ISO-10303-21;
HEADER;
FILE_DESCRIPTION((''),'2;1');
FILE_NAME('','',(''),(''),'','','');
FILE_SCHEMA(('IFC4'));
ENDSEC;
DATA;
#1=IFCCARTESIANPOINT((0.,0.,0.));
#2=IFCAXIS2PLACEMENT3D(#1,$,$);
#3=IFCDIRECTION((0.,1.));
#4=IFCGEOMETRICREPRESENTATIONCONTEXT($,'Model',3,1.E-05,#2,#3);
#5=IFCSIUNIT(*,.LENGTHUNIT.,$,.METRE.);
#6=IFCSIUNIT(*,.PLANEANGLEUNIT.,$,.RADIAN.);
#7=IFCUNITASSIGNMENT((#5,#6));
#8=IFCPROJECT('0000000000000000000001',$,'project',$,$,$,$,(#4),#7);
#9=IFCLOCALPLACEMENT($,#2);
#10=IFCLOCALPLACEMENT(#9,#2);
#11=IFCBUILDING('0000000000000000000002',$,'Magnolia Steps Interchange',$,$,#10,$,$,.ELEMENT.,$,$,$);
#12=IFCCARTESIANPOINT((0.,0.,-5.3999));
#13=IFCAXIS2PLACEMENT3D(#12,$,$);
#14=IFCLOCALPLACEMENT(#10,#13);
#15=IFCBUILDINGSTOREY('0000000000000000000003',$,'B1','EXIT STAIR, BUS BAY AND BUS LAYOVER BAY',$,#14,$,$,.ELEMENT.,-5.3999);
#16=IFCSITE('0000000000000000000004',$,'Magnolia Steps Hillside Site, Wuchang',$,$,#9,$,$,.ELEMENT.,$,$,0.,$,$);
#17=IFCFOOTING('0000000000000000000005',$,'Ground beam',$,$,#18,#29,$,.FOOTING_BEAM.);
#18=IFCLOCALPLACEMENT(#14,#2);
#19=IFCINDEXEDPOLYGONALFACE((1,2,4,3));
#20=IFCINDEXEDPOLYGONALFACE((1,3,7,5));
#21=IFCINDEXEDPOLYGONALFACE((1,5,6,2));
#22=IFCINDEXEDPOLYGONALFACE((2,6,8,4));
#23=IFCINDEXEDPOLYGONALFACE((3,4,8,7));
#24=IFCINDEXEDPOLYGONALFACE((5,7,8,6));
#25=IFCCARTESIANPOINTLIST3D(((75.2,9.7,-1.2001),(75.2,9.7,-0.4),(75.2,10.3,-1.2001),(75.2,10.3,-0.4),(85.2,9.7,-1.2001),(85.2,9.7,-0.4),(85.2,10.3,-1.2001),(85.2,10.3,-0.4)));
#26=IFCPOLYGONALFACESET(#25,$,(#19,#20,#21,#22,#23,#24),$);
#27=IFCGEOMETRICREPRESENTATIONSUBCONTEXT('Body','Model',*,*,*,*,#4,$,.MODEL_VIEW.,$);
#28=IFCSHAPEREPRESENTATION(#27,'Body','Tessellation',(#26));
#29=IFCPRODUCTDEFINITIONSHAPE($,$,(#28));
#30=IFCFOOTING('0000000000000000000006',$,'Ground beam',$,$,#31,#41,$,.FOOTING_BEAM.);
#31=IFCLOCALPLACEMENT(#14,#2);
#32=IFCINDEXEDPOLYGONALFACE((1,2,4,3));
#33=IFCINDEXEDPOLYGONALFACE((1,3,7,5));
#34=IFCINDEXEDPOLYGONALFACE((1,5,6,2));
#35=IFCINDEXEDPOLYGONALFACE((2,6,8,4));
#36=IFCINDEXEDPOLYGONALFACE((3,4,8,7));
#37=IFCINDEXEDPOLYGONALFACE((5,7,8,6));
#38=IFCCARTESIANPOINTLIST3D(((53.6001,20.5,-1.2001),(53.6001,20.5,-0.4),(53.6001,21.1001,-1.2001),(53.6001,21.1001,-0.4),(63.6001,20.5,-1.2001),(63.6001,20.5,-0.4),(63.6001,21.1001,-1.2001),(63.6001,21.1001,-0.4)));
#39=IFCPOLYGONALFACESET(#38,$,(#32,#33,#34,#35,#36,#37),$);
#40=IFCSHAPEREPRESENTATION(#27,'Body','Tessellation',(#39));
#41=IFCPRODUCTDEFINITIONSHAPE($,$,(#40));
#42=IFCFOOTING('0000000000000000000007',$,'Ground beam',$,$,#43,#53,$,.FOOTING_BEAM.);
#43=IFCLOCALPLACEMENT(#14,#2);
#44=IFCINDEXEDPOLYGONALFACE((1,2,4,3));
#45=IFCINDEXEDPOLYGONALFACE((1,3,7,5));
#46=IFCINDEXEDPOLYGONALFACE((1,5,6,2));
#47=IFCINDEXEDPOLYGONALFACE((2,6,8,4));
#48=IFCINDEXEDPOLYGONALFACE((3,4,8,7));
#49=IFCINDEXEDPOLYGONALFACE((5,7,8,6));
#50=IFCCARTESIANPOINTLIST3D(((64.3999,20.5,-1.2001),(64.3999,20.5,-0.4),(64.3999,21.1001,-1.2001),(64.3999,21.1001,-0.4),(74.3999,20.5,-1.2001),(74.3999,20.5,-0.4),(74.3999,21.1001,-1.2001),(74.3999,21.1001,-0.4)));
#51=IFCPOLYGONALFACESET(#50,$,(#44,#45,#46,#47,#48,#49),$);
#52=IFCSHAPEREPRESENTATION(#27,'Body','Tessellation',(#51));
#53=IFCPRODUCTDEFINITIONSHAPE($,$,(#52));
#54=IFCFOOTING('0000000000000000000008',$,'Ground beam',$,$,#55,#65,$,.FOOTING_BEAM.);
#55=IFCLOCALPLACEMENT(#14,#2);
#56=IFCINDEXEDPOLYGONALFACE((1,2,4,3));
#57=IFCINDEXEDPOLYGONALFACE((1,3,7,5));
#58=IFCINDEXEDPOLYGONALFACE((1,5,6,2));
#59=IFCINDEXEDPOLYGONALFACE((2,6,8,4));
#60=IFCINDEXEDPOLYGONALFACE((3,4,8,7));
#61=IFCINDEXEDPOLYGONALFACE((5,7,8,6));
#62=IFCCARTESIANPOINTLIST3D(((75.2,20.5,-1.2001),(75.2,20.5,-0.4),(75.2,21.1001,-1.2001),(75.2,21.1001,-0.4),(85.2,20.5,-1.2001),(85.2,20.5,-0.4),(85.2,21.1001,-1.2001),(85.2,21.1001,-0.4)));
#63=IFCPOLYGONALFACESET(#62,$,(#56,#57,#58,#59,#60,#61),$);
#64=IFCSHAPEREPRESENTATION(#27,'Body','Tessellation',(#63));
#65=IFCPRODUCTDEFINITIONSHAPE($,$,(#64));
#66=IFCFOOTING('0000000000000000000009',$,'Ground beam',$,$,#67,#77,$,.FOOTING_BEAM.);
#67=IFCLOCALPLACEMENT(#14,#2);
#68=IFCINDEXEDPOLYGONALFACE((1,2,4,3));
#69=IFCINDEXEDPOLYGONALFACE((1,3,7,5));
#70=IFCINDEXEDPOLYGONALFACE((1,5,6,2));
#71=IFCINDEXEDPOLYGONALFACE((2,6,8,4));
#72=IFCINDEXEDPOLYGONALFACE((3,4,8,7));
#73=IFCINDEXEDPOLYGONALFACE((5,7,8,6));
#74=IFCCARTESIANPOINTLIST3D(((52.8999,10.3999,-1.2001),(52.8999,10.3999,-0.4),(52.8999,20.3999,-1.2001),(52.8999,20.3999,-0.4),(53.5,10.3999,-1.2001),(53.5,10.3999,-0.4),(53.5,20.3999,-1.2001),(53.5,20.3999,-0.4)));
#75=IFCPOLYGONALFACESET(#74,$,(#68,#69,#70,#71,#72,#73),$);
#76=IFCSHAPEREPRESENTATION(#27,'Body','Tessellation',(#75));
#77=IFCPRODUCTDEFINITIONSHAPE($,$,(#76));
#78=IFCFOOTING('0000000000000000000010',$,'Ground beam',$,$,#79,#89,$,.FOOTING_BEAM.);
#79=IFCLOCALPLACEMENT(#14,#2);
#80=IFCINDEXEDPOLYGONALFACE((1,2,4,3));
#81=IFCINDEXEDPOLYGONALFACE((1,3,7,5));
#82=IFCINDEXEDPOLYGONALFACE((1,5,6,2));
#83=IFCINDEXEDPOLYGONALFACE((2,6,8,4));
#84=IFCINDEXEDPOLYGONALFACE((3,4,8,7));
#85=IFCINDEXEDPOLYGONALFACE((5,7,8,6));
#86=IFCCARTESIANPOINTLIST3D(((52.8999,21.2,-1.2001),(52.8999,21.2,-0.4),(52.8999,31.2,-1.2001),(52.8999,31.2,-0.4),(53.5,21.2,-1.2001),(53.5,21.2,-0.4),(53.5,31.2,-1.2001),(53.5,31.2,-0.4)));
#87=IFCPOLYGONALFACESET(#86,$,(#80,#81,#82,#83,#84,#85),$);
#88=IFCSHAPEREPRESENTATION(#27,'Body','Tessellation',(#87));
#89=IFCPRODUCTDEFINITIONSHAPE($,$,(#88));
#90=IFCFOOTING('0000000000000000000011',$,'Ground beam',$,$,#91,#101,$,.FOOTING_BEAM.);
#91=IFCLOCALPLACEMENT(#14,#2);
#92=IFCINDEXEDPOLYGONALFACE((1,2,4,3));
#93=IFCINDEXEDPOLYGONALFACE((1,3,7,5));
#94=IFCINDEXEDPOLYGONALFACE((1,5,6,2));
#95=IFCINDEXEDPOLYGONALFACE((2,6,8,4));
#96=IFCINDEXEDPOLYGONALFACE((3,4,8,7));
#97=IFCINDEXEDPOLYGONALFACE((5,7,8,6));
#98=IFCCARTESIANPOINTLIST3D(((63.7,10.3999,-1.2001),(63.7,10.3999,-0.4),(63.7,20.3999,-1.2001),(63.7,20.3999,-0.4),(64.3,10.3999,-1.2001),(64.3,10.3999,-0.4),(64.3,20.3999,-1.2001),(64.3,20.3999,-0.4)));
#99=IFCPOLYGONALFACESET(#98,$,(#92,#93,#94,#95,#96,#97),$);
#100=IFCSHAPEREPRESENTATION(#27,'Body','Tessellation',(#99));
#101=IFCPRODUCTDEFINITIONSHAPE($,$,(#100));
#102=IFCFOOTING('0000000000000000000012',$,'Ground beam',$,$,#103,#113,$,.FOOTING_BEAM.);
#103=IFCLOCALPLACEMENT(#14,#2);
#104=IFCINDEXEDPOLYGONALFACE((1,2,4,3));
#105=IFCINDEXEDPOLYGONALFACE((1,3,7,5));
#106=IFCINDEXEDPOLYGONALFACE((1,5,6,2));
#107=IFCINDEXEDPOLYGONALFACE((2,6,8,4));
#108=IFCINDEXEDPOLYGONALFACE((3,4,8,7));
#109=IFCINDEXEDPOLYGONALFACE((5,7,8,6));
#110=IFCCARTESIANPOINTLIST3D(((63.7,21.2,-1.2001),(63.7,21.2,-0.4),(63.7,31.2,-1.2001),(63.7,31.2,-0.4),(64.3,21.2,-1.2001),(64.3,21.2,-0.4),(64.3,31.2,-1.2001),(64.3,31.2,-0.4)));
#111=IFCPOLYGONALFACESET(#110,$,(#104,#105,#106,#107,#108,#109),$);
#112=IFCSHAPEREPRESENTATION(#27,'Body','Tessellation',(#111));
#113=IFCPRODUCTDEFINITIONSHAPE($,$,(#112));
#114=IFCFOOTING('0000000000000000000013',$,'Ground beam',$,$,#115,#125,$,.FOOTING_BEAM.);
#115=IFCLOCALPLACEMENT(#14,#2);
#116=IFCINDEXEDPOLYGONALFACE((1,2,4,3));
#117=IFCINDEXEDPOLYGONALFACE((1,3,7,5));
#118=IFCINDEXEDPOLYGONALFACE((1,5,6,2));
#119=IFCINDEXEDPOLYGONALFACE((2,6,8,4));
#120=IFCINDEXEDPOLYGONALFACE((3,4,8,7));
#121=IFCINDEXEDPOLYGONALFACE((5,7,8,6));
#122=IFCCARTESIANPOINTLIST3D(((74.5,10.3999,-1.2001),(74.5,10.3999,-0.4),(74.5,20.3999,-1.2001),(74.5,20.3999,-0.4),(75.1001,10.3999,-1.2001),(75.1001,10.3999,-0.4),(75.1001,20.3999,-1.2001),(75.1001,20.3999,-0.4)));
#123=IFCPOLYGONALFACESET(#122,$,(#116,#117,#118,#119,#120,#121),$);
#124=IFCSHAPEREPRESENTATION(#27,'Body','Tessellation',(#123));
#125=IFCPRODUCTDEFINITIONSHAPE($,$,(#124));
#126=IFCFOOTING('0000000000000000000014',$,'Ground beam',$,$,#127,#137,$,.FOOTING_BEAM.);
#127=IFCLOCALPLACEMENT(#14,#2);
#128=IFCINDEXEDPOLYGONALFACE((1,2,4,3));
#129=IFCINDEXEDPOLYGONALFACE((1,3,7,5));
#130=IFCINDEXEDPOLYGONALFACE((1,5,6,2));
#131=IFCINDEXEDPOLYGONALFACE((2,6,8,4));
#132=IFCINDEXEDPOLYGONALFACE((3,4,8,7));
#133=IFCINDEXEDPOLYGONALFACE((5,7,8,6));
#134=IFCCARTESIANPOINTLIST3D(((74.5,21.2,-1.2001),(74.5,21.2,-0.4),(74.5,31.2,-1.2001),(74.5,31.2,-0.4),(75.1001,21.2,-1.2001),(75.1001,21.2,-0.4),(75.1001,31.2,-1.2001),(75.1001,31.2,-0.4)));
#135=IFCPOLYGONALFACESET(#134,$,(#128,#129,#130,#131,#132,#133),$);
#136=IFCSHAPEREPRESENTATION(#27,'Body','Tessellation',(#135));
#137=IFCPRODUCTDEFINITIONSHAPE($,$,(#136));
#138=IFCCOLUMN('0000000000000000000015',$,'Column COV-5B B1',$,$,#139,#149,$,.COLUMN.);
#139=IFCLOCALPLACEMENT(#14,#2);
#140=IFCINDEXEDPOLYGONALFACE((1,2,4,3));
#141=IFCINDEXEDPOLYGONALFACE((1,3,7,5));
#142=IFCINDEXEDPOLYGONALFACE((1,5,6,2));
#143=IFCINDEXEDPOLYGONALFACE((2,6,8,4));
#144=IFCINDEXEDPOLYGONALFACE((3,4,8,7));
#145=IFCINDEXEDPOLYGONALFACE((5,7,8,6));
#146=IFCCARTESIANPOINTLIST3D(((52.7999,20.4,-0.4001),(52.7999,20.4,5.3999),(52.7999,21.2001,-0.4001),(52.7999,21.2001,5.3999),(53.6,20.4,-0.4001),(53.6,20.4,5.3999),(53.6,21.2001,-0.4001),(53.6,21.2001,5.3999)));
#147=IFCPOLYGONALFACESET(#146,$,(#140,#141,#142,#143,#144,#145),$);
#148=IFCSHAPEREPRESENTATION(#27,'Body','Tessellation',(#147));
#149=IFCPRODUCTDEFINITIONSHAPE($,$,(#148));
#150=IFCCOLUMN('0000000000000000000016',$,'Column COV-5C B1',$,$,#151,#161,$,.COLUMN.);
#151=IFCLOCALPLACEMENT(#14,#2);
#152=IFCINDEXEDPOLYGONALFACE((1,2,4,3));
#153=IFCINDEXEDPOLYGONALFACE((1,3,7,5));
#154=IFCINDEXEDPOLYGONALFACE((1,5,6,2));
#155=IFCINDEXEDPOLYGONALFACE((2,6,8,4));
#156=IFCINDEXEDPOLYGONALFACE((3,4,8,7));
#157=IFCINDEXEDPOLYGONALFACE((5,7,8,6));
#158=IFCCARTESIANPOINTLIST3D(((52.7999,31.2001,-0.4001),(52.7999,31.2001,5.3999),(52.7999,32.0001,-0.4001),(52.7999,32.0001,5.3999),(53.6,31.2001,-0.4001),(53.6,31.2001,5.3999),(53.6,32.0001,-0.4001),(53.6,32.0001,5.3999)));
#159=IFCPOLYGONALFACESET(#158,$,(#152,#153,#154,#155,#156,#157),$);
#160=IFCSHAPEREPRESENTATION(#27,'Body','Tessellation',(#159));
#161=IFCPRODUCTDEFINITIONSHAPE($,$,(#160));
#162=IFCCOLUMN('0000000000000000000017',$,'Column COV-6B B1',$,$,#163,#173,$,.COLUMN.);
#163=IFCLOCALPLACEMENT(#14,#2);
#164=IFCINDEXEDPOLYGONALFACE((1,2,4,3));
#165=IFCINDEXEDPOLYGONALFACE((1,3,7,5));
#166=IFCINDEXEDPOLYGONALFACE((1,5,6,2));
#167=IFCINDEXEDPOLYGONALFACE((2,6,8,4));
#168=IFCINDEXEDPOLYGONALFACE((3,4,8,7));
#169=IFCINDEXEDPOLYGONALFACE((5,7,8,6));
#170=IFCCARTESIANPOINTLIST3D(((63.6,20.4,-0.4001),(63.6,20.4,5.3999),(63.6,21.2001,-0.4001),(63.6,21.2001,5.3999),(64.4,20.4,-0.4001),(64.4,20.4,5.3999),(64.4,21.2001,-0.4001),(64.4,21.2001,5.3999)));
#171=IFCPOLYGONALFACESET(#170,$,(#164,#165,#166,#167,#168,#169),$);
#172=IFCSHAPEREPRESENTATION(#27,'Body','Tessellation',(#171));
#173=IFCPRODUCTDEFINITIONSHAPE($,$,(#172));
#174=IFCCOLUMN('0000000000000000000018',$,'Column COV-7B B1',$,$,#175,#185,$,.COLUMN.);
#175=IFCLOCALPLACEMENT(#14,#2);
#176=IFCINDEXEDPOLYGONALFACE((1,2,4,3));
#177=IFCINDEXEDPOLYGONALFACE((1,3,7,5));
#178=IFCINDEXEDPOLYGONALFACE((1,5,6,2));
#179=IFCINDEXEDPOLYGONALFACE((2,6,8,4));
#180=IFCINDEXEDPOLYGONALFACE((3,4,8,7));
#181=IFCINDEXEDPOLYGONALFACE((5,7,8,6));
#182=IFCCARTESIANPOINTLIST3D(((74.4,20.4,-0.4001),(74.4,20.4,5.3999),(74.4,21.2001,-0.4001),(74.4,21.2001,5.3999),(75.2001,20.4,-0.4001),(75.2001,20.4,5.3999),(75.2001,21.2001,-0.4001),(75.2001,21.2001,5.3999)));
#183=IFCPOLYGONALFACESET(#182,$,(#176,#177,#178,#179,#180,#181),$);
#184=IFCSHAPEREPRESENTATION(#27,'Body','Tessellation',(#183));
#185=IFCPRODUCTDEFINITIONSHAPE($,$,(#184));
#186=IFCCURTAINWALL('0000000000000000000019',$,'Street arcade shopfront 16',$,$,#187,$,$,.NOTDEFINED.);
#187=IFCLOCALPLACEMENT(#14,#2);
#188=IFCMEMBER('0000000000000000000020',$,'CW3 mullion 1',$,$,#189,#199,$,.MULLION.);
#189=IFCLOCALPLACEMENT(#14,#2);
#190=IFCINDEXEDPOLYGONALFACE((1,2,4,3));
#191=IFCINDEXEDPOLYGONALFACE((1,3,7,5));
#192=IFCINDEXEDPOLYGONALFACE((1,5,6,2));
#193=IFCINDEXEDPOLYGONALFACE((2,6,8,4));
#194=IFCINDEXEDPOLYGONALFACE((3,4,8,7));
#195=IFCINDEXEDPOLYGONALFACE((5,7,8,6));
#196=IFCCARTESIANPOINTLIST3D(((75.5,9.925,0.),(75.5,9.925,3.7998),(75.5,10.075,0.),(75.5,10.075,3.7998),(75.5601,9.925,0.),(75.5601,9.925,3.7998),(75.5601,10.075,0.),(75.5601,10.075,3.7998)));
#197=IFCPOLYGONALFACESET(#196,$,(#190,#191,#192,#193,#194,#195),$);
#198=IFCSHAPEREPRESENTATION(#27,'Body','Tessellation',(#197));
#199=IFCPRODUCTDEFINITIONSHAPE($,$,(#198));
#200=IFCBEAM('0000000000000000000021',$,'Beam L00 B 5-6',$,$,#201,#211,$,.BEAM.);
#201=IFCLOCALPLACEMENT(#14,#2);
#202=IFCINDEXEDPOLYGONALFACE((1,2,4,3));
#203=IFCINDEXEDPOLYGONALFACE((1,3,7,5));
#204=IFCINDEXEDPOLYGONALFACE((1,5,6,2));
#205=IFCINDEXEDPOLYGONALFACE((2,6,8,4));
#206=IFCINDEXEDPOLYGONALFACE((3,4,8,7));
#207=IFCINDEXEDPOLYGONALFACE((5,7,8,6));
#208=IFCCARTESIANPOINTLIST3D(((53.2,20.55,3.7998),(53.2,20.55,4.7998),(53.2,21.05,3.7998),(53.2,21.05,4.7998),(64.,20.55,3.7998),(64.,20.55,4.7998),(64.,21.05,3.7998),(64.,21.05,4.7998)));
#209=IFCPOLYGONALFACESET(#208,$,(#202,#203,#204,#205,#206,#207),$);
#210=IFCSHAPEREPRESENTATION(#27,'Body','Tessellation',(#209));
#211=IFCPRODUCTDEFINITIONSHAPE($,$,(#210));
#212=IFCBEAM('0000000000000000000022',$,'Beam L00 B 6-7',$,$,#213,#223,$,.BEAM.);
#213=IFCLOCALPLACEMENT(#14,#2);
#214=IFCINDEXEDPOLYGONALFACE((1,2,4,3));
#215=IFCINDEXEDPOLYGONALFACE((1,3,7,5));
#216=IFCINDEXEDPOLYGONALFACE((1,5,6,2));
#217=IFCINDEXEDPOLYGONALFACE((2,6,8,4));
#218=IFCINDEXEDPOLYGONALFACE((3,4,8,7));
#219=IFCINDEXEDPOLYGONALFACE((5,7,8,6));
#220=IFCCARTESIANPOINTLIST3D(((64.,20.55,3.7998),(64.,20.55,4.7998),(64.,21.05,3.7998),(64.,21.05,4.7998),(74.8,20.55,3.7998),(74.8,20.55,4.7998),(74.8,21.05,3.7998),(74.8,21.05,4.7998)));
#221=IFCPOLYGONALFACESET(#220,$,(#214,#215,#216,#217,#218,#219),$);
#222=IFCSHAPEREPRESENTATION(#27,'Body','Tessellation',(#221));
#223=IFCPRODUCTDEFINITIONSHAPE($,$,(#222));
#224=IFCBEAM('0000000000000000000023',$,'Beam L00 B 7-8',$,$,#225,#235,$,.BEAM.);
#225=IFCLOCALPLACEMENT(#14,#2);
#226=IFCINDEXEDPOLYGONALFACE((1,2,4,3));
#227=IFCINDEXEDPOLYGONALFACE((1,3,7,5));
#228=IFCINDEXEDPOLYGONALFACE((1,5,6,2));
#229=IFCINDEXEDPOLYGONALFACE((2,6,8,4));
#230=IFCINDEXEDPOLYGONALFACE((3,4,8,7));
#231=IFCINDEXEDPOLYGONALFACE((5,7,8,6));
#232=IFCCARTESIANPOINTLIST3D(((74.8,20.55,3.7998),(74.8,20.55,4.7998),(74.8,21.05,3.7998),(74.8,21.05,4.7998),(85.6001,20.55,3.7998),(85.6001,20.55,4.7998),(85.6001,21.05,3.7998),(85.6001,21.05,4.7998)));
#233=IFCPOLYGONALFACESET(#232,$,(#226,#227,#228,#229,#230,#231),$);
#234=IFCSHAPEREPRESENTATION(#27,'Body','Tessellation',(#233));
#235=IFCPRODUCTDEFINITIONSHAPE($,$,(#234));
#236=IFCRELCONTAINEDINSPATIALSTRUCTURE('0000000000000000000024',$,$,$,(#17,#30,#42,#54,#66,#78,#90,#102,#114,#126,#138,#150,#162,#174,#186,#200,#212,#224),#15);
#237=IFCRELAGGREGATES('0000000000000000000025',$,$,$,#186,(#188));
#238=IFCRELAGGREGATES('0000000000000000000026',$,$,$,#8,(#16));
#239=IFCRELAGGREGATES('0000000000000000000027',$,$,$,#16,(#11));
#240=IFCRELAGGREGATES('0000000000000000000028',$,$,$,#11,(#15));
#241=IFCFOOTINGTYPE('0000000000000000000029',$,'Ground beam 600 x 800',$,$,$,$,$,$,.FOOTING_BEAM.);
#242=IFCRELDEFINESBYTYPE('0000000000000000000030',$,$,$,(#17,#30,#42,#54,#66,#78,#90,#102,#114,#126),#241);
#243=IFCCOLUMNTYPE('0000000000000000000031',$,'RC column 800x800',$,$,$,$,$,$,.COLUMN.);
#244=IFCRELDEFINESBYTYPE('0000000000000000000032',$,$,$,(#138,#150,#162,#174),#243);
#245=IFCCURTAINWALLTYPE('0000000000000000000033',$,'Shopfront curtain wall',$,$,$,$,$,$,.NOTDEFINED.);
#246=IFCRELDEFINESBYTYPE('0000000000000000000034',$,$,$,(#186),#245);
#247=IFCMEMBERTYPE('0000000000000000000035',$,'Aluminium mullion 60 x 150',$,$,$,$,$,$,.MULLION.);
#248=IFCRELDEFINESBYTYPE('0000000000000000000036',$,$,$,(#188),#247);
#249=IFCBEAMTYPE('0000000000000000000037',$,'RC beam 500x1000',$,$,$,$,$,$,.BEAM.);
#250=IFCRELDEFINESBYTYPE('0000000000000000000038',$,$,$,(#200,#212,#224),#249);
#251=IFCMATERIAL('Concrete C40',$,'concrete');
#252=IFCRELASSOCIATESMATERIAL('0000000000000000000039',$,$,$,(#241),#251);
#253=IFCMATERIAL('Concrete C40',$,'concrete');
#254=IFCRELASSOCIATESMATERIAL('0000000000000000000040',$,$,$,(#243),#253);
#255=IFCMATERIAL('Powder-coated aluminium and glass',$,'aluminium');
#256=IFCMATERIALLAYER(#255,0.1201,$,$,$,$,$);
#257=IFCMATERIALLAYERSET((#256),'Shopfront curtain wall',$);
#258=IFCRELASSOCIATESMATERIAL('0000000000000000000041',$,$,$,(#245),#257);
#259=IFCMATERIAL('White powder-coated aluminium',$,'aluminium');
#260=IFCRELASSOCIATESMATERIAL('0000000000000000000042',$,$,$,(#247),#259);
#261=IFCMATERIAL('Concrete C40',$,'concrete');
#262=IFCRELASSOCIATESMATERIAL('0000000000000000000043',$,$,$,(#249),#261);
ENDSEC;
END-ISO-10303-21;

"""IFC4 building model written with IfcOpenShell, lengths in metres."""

from ifc_helpers import new_model, si_unit, direction, frame, origin, origin_2d, place, context, subcontext, project, spatial, rectangle, extrude, material, layer, layer_set, material_profile, profile_set, type_object, element, aggregate, save


model = new_model("IFC4")

# Units and contexts
model_context = context("Model", 3, precision=1e-05, world=origin(), true_north=direction((0.0, 1.0)))
body_context = subcontext(model_context, "Body", "Model", "MODEL_VIEW")
ifc_project = project(units=[si_unit("LENGTHUNIT", "METRE"), si_unit("PLANEANGLEUNIT", "RADIAN")], contexts=[model_context])

# Site, building, storey
site_placement = place(None, origin())
site = spatial("IfcSite", under=ifc_project, at=site_placement, Name="Magnolia Steps Hillside Site, Wuchang", CompositionType="ELEMENT", RefElevation=0.0)
building_placement = place(site_placement, origin())
building = spatial("IfcBuilding", under=site, at=building_placement, Name="Magnolia Steps Interchange", CompositionType="ELEMENT")
storey_placement = place(building_placement, frame((0.0, 0.0, -5.3999)))
storey = spatial("IfcBuildingStorey", under=building, at=storey_placement, Name="B1", Description="EXIT STAIR, BUS BAY AND BUS LAYOVER BAY", CompositionType="ELEMENT", Elevation=-5.3999)

# Footings
ifc_material_1 = material(Name="Concrete C40", Category="concrete")
ifc_material_profile_1 = material_profile(ifc_material_1, rectangle(XDim=0.6001, YDim=0.8, at=origin_2d()), Name="RC600x800")
ifc_profile_set_1 = profile_set([ifc_material_profile_1], Name="Concrete C40")
footing_type = type_object("IfcFootingType", Name="Ground beam 600 x 800", PredefinedType="FOOTING_BEAM", material=ifc_profile_set_1)
for number, where, z_axis, x_axis, name in (
    (1, (75.2, 10.0, -0.8), (1.0, 0.0, 0.0), (0.0, 1.0, 0.0), "Ground beam"),
    (2, (53.6001, 20.8, -0.8), (1.0, 0.0, 0.0), (0.0, 1.0, 0.0), "Ground beam"),
    (3, (64.3999, 20.8, -0.8), (1.0, 0.0, 0.0), (0.0, 1.0, 0.0), "Ground beam"),
    (4, (75.2, 20.8, -0.8), (1.0, 0.0, 0.0), (0.0, 1.0, 0.0), "Ground beam"),
    (5, (53.2, 10.3999, -0.8), (0.0, 1.0, 0.0), (-1.0, 0.0, 0.0), "Ground beam"),
    (6, (53.2, 21.2, -0.8), (0.0, 1.0, 0.0), (-1.0, 0.0, 0.0), "Ground beam"),
    (7, (64.0, 10.3999, -0.8), (0.0, 1.0, 0.0), (-1.0, 0.0, 0.0), "Ground beam"),
    (8, (64.0, 21.2, -0.8), (0.0, 1.0, 0.0), (-1.0, 0.0, 0.0), "Ground beam"),
    (9, (74.8, 10.3999, -0.8), (0.0, 1.0, 0.0), (-1.0, 0.0, 0.0), "Ground beam"),
    (10, (74.8, 21.2, -0.8), (0.0, 1.0, 0.0), (-1.0, 0.0, 0.0), "Ground beam"),
):
    element("IfcFooting", number, at=place(storey_placement, frame(where, z_axis=z_axis, x_axis=x_axis)), inside=storey, type_object=footing_type, Name=name, PredefinedType="FOOTING_BEAM", context=body_context, shape_type="SweptSolid", body=[
        extrude(rectangle(XDim=0.6001, YDim=0.8, at=origin_2d()), origin(), (0.0, 0.0, 1.0), 10.0),
    ])

# Columns
ifc_material_2 = material(Name="Concrete C40", Category="concrete")
ifc_material_profile_2 = material_profile(ifc_material_2, rectangle(XDim=0.8, YDim=0.8, at=origin_2d()), Name="RC800x800")
ifc_profile_set_2 = profile_set([ifc_material_profile_2], Name="Concrete C40")
column_type = type_object("IfcColumnType", Name="RC column 800x800", PredefinedType="COLUMN", material=ifc_profile_set_2)
for number, where, z_axis, x_axis, name in (
    (11, (53.2, 20.8, -0.4001), (0.0, 0.0, 1.0), (1.0, 0.0, 0.0), "Column COV-5B B1"),
    (12, (53.2, 31.6001, -0.4001), (0.0, 0.0, 1.0), (1.0, 0.0, 0.0), "Column COV-5C B1"),
    (13, (64.0, 20.8, -0.4001), (0.0, 0.0, 1.0), (1.0, 0.0, 0.0), "Column COV-6B B1"),
    (14, (74.8, 20.8, -0.4001), (0.0, 0.0, 1.0), (1.0, 0.0, 0.0), "Column COV-7B B1"),
):
    element("IfcColumn", number, at=place(storey_placement, frame(where, z_axis=z_axis, x_axis=x_axis)), inside=storey, type_object=column_type, Name=name, PredefinedType="COLUMN", context=body_context, shape_type="SweptSolid", body=[
        extrude(rectangle(XDim=0.8, YDim=0.8, at=origin_2d()), origin(), (0.0, 0.0, 1.0), 5.8),
    ])

# Curtain wall, member
ifc_material_3 = material(Name="Powder-coated aluminium and glass", Category="aluminium")
ifc_layer_1 = layer(ifc_material_3, 0.1201)
ifc_layer_set_1 = layer_set([ifc_layer_1], Name="Shopfront curtain wall")
curtain_wall_type = type_object("IfcCurtainWallType", Name="Shopfront curtain wall", PredefinedType="NOTDEFINED", material=ifc_layer_set_1)
curtain_wall_placement = place(storey_placement, origin())
curtain_wall = element("IfcCurtainWall", 15, at=curtain_wall_placement, inside=storey, type_object=curtain_wall_type, Name="Street arcade shopfront 16", PredefinedType="NOTDEFINED")
ifc_material_4 = material(Name="White powder-coated aluminium", Category="aluminium")
ifc_material_profile_3 = material_profile(ifc_material_4, rectangle(XDim=0.0601, YDim=0.1499, at=origin_2d()), Name="Aluminium mullion 60 x 150")
ifc_profile_set_3 = profile_set([ifc_material_profile_3], Name="White powder-coated aluminium")
member_type = type_object("IfcMemberType", Name="Aluminium mullion 60 x 150", PredefinedType="MULLION", material=ifc_profile_set_3)
member_placement = place(storey_placement, frame((75.53, 10.0, 0.0), z_axis=(0.0, 0.0, 1.0), x_axis=(1.0, 0.0, 0.0)))
member = element("IfcMember", 16, at=member_placement, type_object=member_type, Name="CW3 mullion 1", PredefinedType="MULLION", context=body_context, shape_type="SweptSolid", body=[
    extrude(rectangle(XDim=0.0601, YDim=0.1499, at=origin_2d()), origin(), (0.0, 0.0, 1.0), 3.7998),
])
aggregate(curtain_wall, [member])

# Beams
ifc_material_5 = material(Name="Concrete C40", Category="concrete")
ifc_material_profile_4 = material_profile(ifc_material_5, rectangle(XDim=0.5, YDim=1.0, at=origin_2d()), Name="RC500x1000")
ifc_profile_set_4 = profile_set([ifc_material_profile_4], Name="Concrete C40")
beam_type = type_object("IfcBeamType", Name="RC beam 500x1000", PredefinedType="BEAM", material=ifc_profile_set_4)
for number, where, z_axis, x_axis, name in (
    (17, (53.2, 20.8, 4.2998), (1.0, 0.0, 0.0), (0.0, 1.0, 0.0), "Beam L00 B 5-6"),
    (18, (64.0, 20.8, 4.2998), (1.0, 0.0, 0.0), (0.0, 1.0, 0.0), "Beam L00 B 6-7"),
    (19, (74.8, 20.8, 4.2998), (1.0, 0.0, 0.0), (0.0, 1.0, 0.0), "Beam L00 B 7-8"),
):
    element("IfcBeam", number, at=place(storey_placement, frame(where, z_axis=z_axis, x_axis=x_axis)), inside=storey, type_object=beam_type, Name=name, PredefinedType="BEAM", context=body_context, shape_type="SweptSolid", body=[
        extrude(rectangle(XDim=0.5, YDim=1.0, at=origin_2d()), origin(), (0.0, 0.0, 1.0), 10.8),
    ])

save(model, "model.ifc")
